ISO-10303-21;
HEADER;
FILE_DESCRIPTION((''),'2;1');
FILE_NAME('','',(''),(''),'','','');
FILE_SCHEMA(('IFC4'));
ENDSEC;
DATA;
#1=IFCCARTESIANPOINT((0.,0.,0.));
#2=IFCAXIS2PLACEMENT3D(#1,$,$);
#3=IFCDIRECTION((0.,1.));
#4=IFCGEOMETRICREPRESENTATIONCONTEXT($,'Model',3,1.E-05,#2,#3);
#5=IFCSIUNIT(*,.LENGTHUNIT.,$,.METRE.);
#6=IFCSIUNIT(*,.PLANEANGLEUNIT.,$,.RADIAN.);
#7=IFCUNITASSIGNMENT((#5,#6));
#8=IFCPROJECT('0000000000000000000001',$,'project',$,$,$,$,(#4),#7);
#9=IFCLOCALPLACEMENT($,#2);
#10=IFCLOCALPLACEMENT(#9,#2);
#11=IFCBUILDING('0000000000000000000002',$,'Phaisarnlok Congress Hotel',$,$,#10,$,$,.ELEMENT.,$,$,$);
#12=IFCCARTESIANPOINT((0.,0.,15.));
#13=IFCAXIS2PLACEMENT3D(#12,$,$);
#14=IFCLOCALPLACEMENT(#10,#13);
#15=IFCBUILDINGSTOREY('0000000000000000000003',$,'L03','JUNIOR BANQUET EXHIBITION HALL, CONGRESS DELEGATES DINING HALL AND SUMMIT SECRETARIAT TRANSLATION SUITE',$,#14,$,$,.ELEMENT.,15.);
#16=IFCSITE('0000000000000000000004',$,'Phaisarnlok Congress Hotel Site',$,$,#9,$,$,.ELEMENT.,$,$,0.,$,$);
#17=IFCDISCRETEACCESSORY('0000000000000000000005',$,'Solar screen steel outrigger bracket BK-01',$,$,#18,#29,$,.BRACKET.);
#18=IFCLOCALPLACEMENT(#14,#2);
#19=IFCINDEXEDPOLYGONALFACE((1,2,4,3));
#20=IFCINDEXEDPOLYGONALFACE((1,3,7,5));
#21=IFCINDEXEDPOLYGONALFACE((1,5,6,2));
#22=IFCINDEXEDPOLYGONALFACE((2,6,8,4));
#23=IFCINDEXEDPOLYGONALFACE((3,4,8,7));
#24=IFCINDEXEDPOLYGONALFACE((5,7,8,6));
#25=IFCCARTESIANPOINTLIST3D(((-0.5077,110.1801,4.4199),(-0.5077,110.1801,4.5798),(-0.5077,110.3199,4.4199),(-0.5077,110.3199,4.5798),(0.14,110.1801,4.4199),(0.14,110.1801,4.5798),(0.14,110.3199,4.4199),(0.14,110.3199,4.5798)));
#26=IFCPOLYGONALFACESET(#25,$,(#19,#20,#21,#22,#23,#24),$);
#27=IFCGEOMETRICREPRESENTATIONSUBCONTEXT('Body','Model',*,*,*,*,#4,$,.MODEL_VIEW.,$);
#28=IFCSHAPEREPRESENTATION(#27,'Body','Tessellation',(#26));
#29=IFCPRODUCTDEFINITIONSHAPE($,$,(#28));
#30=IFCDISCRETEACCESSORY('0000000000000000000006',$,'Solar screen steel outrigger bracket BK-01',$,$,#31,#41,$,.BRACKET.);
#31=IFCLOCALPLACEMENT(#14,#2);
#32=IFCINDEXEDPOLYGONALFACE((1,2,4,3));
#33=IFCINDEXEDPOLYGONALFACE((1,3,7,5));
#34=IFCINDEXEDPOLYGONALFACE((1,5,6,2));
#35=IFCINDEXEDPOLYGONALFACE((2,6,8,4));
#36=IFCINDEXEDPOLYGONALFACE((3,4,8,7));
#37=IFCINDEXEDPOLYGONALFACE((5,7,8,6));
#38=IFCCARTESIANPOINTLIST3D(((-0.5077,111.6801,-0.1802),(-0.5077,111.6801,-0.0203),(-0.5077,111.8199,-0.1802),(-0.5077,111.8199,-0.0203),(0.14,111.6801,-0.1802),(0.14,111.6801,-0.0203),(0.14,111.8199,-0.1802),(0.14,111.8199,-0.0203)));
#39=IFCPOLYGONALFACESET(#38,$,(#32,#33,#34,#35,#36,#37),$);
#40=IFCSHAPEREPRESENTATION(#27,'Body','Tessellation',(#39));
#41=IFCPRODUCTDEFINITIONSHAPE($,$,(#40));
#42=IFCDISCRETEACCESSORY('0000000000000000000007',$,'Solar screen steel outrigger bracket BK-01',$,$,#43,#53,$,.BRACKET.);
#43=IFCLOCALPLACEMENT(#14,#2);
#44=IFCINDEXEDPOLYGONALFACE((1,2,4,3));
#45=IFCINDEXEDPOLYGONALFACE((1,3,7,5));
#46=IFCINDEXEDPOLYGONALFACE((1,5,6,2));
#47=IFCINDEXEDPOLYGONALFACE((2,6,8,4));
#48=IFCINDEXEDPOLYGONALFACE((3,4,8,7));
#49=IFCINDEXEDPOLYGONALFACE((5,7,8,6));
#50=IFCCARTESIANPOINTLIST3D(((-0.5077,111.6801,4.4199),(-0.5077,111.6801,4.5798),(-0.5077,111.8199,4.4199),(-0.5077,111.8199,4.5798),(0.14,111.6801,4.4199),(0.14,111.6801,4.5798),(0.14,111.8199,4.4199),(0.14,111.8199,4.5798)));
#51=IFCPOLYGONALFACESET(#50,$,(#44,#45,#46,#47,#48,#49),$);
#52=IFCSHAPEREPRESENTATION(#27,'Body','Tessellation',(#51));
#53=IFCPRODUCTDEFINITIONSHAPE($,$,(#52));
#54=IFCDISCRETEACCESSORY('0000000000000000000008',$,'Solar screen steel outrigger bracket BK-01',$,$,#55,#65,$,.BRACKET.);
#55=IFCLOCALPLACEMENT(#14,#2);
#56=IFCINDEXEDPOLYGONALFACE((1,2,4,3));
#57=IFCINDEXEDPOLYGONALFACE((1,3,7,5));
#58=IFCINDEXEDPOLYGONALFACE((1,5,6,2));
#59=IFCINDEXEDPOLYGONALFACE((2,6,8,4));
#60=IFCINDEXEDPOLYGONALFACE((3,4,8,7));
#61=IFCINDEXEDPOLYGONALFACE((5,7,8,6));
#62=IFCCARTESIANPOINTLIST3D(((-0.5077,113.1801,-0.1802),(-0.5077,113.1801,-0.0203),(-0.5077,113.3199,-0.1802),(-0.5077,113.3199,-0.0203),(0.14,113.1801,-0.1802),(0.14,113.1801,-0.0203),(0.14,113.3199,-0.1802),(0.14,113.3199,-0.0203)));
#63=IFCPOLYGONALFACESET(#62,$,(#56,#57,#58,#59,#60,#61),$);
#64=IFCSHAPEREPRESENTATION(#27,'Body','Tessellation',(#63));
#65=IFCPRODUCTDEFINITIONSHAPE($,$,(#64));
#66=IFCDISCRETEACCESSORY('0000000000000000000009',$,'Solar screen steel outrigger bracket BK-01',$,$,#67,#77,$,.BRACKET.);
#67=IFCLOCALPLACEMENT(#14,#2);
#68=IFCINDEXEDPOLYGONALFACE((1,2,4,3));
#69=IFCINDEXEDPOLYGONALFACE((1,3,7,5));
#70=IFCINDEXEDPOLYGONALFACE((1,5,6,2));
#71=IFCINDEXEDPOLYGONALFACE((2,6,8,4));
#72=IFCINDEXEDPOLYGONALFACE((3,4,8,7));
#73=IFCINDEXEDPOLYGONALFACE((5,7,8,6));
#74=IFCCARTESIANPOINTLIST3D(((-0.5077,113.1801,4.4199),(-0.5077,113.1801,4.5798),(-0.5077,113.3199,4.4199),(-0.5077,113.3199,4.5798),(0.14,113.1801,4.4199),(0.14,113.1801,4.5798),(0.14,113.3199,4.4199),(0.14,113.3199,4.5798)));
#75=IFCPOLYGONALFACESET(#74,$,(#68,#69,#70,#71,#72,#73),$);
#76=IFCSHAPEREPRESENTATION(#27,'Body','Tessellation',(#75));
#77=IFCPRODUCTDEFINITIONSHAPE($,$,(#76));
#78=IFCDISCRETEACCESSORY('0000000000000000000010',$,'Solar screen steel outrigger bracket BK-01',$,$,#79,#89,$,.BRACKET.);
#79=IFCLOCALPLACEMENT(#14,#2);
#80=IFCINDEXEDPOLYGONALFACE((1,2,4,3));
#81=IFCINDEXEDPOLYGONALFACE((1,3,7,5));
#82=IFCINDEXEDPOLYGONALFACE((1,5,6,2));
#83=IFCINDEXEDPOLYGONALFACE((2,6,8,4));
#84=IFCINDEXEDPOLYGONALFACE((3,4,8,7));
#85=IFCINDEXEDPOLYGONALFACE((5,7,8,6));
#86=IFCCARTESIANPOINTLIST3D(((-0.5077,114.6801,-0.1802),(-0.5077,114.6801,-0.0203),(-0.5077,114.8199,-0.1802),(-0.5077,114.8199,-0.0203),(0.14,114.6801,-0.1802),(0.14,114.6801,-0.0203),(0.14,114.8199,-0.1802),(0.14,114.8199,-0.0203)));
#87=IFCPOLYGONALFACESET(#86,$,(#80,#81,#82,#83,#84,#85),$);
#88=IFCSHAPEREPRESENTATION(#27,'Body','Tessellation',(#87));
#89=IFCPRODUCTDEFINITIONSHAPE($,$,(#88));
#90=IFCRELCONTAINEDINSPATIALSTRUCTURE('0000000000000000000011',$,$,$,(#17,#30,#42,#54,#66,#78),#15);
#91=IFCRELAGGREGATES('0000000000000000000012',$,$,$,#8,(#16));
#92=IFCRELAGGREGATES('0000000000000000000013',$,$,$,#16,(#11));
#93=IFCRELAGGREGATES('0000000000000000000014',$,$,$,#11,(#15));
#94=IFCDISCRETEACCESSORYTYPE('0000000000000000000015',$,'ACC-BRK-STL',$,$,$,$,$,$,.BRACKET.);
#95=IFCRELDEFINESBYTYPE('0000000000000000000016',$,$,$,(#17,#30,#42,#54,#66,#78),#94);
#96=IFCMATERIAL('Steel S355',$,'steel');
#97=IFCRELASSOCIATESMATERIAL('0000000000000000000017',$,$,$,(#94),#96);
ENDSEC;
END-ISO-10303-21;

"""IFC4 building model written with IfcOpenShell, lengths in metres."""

from ifc_helpers import new_model, si_unit, direction, frame, origin, origin_2d, place, context, subcontext, project, spatial, rectangle, extrude, material, type_object, element, save


model = new_model("IFC4")

# Units and contexts
model_context = context("Model", 3, precision=1e-05, world=origin(), true_north=direction((0.0, 1.0)))
body_context = subcontext(model_context, "Body", "Model", "MODEL_VIEW")
ifc_project = project(units=[si_unit("LENGTHUNIT", "METRE"), si_unit("PLANEANGLEUNIT", "RADIAN")], contexts=[model_context])

# Site, building, storey
site_placement = place(None, origin())
site = spatial("IfcSite", under=ifc_project, at=site_placement, Name="Phaisarnlok Congress Hotel Site", CompositionType="ELEMENT", RefElevation=0.0)
building_placement = place(site_placement, origin())
building = spatial("IfcBuilding", under=site, at=building_placement, Name="Phaisarnlok Congress Hotel", CompositionType="ELEMENT")
storey_placement = place(building_placement, frame((0.0, 0.0, 15.0)))
storey = spatial("IfcBuildingStorey", under=building, at=storey_placement, Name="L03", Description="JUNIOR BANQUET EXHIBITION HALL, CONGRESS DELEGATES DINING HALL AND SUMMIT SECRETARIAT TRANSLATION SUITE", CompositionType="ELEMENT", Elevation=15.0)

# Discrete accessories
ifc_material_1 = material(Name="Steel S355", Category="steel")
discrete_accessory_type = type_object("IfcDiscreteAccessoryType", Name="ACC-BRK-STL", PredefinedType="BRACKET", material=ifc_material_1)
for number, where, z_axis, x_axis, name in (
    (1, (-0.1838, 110.25, 4.4199), (0.0, 0.0, 1.0), (1.0, 0.0, 0.0), "Solar screen steel outrigger bracket BK-01"),
    (2, (-0.1838, 111.75, -0.1802), (0.0, 0.0, 1.0), (1.0, 0.0, 0.0), "Solar screen steel outrigger bracket BK-01"),
    (3, (-0.1838, 111.75, 4.4199), (0.0, 0.0, 1.0), (1.0, 0.0, 0.0), "Solar screen steel outrigger bracket BK-01"),
    (4, (-0.1838, 113.25, -0.1802), (0.0, 0.0, 1.0), (1.0, 0.0, 0.0), "Solar screen steel outrigger bracket BK-01"),
    (5, (-0.1838, 113.25, 4.4199), (0.0, 0.0, 1.0), (1.0, 0.0, 0.0), "Solar screen steel outrigger bracket BK-01"),
    (6, (-0.1838, 114.75, -0.1802), (0.0, 0.0, 1.0), (1.0, 0.0, 0.0), "Solar screen steel outrigger bracket BK-01"),
):
    element("IfcDiscreteAccessory", number, at=place(storey_placement, frame(where, z_axis=z_axis, x_axis=x_axis)), inside=storey, type_object=discrete_accessory_type, Name=name, PredefinedType="BRACKET", context=body_context, shape_type="SweptSolid", body=[
        extrude(rectangle(XDim=0.6477, YDim=0.1399, at=origin_2d()), origin(), (0.0, 0.0, 1.0), 0.1599),
    ])

save(model, "model.ifc")
